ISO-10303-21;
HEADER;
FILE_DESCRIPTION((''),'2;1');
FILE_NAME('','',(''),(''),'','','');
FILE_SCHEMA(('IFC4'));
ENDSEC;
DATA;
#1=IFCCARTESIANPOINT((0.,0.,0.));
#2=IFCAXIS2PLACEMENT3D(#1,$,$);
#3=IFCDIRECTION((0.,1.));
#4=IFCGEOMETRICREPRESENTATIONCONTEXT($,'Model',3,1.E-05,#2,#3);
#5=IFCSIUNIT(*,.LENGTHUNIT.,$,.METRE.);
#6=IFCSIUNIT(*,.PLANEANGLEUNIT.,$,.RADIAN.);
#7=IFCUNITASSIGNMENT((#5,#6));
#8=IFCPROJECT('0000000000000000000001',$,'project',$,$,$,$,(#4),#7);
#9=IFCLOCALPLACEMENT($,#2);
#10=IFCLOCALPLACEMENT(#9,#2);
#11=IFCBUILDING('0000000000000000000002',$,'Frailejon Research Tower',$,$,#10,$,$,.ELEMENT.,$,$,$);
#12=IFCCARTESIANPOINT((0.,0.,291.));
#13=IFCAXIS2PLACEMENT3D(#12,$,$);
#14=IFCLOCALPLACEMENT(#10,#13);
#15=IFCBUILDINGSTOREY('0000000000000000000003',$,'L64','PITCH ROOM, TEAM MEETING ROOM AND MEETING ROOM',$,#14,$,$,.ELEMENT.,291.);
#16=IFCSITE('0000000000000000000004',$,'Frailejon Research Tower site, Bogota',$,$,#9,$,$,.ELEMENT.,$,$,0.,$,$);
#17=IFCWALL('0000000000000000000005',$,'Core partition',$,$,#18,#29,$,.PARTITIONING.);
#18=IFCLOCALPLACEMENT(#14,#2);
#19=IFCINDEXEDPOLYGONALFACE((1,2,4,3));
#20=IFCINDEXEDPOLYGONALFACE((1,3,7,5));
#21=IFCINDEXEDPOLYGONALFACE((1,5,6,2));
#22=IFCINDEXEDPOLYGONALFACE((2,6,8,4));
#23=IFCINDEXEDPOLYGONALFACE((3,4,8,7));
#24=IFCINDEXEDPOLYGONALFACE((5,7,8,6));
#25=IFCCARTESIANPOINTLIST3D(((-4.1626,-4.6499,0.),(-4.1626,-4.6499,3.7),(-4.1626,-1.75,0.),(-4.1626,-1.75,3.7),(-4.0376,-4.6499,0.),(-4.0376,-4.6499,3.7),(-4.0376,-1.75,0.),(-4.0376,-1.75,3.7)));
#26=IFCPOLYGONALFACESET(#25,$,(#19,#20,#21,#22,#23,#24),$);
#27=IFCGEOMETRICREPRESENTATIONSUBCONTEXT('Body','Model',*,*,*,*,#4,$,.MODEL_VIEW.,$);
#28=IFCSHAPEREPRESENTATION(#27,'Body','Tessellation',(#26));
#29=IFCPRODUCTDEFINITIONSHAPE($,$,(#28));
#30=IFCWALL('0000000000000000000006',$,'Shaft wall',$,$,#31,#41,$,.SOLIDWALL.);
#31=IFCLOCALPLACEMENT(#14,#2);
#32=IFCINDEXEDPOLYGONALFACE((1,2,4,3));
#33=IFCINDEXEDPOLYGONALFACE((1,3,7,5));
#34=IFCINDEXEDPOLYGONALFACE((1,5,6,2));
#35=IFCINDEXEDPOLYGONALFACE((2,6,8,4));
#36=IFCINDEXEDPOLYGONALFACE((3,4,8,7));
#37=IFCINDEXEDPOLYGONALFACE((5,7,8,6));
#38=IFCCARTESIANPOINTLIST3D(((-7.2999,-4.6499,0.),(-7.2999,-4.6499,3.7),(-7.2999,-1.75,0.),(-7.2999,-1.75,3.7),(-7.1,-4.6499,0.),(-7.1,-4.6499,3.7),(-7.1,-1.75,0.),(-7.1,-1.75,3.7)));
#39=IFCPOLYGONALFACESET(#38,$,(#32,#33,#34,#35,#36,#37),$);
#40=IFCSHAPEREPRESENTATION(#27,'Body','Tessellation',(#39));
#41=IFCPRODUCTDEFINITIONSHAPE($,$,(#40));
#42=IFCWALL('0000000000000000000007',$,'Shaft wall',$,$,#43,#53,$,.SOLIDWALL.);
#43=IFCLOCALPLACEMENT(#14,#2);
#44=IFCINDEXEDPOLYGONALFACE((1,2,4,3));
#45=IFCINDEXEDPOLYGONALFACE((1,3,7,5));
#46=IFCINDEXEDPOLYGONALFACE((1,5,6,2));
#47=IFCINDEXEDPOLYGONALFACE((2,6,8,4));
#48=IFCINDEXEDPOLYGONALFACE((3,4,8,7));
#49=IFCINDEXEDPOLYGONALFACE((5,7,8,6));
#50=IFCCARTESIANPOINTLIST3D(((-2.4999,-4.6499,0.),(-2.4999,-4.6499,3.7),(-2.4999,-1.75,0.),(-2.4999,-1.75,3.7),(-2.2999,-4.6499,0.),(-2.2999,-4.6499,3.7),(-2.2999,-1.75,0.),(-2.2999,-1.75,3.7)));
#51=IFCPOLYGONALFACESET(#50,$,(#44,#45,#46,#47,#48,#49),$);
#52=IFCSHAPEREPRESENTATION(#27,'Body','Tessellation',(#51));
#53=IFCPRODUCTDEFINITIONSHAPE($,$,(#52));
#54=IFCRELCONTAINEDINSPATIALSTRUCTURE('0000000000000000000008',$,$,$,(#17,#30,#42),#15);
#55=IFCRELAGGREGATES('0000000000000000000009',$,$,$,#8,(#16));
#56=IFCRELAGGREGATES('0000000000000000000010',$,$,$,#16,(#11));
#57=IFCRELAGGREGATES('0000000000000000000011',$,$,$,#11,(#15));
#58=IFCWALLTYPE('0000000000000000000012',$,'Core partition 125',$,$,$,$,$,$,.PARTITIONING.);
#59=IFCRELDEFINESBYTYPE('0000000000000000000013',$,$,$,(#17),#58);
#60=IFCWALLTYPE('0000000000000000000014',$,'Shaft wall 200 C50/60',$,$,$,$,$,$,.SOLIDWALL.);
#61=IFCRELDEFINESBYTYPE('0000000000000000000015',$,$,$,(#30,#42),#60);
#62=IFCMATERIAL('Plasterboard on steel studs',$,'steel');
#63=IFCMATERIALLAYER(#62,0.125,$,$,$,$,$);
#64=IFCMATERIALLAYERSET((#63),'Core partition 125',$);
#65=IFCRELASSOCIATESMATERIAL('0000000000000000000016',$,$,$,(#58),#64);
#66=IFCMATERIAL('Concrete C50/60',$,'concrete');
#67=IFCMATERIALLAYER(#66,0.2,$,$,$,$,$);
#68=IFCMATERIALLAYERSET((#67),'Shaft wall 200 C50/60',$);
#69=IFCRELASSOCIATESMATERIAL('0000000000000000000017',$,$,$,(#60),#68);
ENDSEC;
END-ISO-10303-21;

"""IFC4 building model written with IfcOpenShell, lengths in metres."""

from ifc_helpers import new_model, si_unit, direction, frame, frame_2d, origin, place, context, subcontext, project, spatial, rectangle, extrude, material, layer, layer_set, type_object, element, save


model = new_model("IFC4")

# Units and contexts
model_context = context("Model", 3, precision=1e-05, world=origin(), true_north=direction((0.0, 1.0)))
body_context = subcontext(model_context, "Body", "Model", "MODEL_VIEW")
ifc_project = project(units=[si_unit("LENGTHUNIT", "METRE"), si_unit("PLANEANGLEUNIT", "RADIAN")], contexts=[model_context])

# Site, building, storey
site_placement = place(None, origin())
site = spatial("IfcSite", under=ifc_project, at=site_placement, Name="Frailejon Research Tower site, Bogota", CompositionType="ELEMENT", RefElevation=0.0)
building_placement = place(site_placement, origin())
building = spatial("IfcBuilding", under=site, at=building_placement, Name="Frailejon Research Tower", CompositionType="ELEMENT")
storey_placement = place(building_placement, frame((0.0, 0.0, 291.0)))
storey = spatial("IfcBuildingStorey", under=building, at=storey_placement, Name="L64", Description="PITCH ROOM, TEAM MEETING ROOM AND MEETING ROOM", CompositionType="ELEMENT", Elevation=291.0)

# Walls
ifc_material_1 = material(Name="Plasterboard on steel studs", Category="steel")
ifc_layer_1 = layer(ifc_material_1, 0.125)
ifc_layer_set_1 = layer_set([ifc_layer_1], Name="Core partition 125")
wall_type_1 = type_object("IfcWallType", Name="Core partition 125", PredefinedType="PARTITIONING", material=ifc_layer_set_1)
wall_1_placement = place(storey_placement, frame((-4.1001, -4.6499, 0.0), z_axis=(0.0, 0.0, 1.0), x_axis=(0.0, 1.0, 0.0)))
element("IfcWall", 1, at=wall_1_placement, inside=storey, type_object=wall_type_1, Name="Core partition", PredefinedType="PARTITIONING", context=body_context, shape_type="SweptSolid", body=[
    extrude(rectangle(XDim=2.8999, YDim=0.125, at=frame_2d((1.45, 0.0))), origin(), (0.0, 0.0, 1.0), 3.7),
])
ifc_material_2 = material(Name="Concrete C50/60", Category="concrete")
ifc_layer_2 = layer(ifc_material_2, 0.2)
ifc_layer_set_2 = layer_set([ifc_layer_2], Name="Shaft wall 200 C50/60")
wall_type_2 = type_object("IfcWallType", Name="Shaft wall 200 C50/60", PredefinedType="SOLIDWALL", material=ifc_layer_set_2)
for number, where, z_axis, x_axis, name in (
    (2, (-7.2, -4.6499, 0.0), (0.0, 0.0, 1.0), (0.0, 1.0, 0.0), "Shaft wall"),
    (3, (-2.3999, -4.6499, 0.0), (0.0, 0.0, 1.0), (0.0, 1.0, 0.0), "Shaft wall"),
):
    element("IfcWall", number, at=place(storey_placement, frame(where, z_axis=z_axis, x_axis=x_axis)), inside=storey, type_object=wall_type_2, Name=name, PredefinedType="SOLIDWALL", context=body_context, shape_type="SweptSolid", body=[
        extrude(rectangle(XDim=2.8999, YDim=0.2, at=frame_2d((1.45, 0.0))), origin(), (0.0, 0.0, 1.0), 3.7),
    ])

save(model, "model.ifc")
